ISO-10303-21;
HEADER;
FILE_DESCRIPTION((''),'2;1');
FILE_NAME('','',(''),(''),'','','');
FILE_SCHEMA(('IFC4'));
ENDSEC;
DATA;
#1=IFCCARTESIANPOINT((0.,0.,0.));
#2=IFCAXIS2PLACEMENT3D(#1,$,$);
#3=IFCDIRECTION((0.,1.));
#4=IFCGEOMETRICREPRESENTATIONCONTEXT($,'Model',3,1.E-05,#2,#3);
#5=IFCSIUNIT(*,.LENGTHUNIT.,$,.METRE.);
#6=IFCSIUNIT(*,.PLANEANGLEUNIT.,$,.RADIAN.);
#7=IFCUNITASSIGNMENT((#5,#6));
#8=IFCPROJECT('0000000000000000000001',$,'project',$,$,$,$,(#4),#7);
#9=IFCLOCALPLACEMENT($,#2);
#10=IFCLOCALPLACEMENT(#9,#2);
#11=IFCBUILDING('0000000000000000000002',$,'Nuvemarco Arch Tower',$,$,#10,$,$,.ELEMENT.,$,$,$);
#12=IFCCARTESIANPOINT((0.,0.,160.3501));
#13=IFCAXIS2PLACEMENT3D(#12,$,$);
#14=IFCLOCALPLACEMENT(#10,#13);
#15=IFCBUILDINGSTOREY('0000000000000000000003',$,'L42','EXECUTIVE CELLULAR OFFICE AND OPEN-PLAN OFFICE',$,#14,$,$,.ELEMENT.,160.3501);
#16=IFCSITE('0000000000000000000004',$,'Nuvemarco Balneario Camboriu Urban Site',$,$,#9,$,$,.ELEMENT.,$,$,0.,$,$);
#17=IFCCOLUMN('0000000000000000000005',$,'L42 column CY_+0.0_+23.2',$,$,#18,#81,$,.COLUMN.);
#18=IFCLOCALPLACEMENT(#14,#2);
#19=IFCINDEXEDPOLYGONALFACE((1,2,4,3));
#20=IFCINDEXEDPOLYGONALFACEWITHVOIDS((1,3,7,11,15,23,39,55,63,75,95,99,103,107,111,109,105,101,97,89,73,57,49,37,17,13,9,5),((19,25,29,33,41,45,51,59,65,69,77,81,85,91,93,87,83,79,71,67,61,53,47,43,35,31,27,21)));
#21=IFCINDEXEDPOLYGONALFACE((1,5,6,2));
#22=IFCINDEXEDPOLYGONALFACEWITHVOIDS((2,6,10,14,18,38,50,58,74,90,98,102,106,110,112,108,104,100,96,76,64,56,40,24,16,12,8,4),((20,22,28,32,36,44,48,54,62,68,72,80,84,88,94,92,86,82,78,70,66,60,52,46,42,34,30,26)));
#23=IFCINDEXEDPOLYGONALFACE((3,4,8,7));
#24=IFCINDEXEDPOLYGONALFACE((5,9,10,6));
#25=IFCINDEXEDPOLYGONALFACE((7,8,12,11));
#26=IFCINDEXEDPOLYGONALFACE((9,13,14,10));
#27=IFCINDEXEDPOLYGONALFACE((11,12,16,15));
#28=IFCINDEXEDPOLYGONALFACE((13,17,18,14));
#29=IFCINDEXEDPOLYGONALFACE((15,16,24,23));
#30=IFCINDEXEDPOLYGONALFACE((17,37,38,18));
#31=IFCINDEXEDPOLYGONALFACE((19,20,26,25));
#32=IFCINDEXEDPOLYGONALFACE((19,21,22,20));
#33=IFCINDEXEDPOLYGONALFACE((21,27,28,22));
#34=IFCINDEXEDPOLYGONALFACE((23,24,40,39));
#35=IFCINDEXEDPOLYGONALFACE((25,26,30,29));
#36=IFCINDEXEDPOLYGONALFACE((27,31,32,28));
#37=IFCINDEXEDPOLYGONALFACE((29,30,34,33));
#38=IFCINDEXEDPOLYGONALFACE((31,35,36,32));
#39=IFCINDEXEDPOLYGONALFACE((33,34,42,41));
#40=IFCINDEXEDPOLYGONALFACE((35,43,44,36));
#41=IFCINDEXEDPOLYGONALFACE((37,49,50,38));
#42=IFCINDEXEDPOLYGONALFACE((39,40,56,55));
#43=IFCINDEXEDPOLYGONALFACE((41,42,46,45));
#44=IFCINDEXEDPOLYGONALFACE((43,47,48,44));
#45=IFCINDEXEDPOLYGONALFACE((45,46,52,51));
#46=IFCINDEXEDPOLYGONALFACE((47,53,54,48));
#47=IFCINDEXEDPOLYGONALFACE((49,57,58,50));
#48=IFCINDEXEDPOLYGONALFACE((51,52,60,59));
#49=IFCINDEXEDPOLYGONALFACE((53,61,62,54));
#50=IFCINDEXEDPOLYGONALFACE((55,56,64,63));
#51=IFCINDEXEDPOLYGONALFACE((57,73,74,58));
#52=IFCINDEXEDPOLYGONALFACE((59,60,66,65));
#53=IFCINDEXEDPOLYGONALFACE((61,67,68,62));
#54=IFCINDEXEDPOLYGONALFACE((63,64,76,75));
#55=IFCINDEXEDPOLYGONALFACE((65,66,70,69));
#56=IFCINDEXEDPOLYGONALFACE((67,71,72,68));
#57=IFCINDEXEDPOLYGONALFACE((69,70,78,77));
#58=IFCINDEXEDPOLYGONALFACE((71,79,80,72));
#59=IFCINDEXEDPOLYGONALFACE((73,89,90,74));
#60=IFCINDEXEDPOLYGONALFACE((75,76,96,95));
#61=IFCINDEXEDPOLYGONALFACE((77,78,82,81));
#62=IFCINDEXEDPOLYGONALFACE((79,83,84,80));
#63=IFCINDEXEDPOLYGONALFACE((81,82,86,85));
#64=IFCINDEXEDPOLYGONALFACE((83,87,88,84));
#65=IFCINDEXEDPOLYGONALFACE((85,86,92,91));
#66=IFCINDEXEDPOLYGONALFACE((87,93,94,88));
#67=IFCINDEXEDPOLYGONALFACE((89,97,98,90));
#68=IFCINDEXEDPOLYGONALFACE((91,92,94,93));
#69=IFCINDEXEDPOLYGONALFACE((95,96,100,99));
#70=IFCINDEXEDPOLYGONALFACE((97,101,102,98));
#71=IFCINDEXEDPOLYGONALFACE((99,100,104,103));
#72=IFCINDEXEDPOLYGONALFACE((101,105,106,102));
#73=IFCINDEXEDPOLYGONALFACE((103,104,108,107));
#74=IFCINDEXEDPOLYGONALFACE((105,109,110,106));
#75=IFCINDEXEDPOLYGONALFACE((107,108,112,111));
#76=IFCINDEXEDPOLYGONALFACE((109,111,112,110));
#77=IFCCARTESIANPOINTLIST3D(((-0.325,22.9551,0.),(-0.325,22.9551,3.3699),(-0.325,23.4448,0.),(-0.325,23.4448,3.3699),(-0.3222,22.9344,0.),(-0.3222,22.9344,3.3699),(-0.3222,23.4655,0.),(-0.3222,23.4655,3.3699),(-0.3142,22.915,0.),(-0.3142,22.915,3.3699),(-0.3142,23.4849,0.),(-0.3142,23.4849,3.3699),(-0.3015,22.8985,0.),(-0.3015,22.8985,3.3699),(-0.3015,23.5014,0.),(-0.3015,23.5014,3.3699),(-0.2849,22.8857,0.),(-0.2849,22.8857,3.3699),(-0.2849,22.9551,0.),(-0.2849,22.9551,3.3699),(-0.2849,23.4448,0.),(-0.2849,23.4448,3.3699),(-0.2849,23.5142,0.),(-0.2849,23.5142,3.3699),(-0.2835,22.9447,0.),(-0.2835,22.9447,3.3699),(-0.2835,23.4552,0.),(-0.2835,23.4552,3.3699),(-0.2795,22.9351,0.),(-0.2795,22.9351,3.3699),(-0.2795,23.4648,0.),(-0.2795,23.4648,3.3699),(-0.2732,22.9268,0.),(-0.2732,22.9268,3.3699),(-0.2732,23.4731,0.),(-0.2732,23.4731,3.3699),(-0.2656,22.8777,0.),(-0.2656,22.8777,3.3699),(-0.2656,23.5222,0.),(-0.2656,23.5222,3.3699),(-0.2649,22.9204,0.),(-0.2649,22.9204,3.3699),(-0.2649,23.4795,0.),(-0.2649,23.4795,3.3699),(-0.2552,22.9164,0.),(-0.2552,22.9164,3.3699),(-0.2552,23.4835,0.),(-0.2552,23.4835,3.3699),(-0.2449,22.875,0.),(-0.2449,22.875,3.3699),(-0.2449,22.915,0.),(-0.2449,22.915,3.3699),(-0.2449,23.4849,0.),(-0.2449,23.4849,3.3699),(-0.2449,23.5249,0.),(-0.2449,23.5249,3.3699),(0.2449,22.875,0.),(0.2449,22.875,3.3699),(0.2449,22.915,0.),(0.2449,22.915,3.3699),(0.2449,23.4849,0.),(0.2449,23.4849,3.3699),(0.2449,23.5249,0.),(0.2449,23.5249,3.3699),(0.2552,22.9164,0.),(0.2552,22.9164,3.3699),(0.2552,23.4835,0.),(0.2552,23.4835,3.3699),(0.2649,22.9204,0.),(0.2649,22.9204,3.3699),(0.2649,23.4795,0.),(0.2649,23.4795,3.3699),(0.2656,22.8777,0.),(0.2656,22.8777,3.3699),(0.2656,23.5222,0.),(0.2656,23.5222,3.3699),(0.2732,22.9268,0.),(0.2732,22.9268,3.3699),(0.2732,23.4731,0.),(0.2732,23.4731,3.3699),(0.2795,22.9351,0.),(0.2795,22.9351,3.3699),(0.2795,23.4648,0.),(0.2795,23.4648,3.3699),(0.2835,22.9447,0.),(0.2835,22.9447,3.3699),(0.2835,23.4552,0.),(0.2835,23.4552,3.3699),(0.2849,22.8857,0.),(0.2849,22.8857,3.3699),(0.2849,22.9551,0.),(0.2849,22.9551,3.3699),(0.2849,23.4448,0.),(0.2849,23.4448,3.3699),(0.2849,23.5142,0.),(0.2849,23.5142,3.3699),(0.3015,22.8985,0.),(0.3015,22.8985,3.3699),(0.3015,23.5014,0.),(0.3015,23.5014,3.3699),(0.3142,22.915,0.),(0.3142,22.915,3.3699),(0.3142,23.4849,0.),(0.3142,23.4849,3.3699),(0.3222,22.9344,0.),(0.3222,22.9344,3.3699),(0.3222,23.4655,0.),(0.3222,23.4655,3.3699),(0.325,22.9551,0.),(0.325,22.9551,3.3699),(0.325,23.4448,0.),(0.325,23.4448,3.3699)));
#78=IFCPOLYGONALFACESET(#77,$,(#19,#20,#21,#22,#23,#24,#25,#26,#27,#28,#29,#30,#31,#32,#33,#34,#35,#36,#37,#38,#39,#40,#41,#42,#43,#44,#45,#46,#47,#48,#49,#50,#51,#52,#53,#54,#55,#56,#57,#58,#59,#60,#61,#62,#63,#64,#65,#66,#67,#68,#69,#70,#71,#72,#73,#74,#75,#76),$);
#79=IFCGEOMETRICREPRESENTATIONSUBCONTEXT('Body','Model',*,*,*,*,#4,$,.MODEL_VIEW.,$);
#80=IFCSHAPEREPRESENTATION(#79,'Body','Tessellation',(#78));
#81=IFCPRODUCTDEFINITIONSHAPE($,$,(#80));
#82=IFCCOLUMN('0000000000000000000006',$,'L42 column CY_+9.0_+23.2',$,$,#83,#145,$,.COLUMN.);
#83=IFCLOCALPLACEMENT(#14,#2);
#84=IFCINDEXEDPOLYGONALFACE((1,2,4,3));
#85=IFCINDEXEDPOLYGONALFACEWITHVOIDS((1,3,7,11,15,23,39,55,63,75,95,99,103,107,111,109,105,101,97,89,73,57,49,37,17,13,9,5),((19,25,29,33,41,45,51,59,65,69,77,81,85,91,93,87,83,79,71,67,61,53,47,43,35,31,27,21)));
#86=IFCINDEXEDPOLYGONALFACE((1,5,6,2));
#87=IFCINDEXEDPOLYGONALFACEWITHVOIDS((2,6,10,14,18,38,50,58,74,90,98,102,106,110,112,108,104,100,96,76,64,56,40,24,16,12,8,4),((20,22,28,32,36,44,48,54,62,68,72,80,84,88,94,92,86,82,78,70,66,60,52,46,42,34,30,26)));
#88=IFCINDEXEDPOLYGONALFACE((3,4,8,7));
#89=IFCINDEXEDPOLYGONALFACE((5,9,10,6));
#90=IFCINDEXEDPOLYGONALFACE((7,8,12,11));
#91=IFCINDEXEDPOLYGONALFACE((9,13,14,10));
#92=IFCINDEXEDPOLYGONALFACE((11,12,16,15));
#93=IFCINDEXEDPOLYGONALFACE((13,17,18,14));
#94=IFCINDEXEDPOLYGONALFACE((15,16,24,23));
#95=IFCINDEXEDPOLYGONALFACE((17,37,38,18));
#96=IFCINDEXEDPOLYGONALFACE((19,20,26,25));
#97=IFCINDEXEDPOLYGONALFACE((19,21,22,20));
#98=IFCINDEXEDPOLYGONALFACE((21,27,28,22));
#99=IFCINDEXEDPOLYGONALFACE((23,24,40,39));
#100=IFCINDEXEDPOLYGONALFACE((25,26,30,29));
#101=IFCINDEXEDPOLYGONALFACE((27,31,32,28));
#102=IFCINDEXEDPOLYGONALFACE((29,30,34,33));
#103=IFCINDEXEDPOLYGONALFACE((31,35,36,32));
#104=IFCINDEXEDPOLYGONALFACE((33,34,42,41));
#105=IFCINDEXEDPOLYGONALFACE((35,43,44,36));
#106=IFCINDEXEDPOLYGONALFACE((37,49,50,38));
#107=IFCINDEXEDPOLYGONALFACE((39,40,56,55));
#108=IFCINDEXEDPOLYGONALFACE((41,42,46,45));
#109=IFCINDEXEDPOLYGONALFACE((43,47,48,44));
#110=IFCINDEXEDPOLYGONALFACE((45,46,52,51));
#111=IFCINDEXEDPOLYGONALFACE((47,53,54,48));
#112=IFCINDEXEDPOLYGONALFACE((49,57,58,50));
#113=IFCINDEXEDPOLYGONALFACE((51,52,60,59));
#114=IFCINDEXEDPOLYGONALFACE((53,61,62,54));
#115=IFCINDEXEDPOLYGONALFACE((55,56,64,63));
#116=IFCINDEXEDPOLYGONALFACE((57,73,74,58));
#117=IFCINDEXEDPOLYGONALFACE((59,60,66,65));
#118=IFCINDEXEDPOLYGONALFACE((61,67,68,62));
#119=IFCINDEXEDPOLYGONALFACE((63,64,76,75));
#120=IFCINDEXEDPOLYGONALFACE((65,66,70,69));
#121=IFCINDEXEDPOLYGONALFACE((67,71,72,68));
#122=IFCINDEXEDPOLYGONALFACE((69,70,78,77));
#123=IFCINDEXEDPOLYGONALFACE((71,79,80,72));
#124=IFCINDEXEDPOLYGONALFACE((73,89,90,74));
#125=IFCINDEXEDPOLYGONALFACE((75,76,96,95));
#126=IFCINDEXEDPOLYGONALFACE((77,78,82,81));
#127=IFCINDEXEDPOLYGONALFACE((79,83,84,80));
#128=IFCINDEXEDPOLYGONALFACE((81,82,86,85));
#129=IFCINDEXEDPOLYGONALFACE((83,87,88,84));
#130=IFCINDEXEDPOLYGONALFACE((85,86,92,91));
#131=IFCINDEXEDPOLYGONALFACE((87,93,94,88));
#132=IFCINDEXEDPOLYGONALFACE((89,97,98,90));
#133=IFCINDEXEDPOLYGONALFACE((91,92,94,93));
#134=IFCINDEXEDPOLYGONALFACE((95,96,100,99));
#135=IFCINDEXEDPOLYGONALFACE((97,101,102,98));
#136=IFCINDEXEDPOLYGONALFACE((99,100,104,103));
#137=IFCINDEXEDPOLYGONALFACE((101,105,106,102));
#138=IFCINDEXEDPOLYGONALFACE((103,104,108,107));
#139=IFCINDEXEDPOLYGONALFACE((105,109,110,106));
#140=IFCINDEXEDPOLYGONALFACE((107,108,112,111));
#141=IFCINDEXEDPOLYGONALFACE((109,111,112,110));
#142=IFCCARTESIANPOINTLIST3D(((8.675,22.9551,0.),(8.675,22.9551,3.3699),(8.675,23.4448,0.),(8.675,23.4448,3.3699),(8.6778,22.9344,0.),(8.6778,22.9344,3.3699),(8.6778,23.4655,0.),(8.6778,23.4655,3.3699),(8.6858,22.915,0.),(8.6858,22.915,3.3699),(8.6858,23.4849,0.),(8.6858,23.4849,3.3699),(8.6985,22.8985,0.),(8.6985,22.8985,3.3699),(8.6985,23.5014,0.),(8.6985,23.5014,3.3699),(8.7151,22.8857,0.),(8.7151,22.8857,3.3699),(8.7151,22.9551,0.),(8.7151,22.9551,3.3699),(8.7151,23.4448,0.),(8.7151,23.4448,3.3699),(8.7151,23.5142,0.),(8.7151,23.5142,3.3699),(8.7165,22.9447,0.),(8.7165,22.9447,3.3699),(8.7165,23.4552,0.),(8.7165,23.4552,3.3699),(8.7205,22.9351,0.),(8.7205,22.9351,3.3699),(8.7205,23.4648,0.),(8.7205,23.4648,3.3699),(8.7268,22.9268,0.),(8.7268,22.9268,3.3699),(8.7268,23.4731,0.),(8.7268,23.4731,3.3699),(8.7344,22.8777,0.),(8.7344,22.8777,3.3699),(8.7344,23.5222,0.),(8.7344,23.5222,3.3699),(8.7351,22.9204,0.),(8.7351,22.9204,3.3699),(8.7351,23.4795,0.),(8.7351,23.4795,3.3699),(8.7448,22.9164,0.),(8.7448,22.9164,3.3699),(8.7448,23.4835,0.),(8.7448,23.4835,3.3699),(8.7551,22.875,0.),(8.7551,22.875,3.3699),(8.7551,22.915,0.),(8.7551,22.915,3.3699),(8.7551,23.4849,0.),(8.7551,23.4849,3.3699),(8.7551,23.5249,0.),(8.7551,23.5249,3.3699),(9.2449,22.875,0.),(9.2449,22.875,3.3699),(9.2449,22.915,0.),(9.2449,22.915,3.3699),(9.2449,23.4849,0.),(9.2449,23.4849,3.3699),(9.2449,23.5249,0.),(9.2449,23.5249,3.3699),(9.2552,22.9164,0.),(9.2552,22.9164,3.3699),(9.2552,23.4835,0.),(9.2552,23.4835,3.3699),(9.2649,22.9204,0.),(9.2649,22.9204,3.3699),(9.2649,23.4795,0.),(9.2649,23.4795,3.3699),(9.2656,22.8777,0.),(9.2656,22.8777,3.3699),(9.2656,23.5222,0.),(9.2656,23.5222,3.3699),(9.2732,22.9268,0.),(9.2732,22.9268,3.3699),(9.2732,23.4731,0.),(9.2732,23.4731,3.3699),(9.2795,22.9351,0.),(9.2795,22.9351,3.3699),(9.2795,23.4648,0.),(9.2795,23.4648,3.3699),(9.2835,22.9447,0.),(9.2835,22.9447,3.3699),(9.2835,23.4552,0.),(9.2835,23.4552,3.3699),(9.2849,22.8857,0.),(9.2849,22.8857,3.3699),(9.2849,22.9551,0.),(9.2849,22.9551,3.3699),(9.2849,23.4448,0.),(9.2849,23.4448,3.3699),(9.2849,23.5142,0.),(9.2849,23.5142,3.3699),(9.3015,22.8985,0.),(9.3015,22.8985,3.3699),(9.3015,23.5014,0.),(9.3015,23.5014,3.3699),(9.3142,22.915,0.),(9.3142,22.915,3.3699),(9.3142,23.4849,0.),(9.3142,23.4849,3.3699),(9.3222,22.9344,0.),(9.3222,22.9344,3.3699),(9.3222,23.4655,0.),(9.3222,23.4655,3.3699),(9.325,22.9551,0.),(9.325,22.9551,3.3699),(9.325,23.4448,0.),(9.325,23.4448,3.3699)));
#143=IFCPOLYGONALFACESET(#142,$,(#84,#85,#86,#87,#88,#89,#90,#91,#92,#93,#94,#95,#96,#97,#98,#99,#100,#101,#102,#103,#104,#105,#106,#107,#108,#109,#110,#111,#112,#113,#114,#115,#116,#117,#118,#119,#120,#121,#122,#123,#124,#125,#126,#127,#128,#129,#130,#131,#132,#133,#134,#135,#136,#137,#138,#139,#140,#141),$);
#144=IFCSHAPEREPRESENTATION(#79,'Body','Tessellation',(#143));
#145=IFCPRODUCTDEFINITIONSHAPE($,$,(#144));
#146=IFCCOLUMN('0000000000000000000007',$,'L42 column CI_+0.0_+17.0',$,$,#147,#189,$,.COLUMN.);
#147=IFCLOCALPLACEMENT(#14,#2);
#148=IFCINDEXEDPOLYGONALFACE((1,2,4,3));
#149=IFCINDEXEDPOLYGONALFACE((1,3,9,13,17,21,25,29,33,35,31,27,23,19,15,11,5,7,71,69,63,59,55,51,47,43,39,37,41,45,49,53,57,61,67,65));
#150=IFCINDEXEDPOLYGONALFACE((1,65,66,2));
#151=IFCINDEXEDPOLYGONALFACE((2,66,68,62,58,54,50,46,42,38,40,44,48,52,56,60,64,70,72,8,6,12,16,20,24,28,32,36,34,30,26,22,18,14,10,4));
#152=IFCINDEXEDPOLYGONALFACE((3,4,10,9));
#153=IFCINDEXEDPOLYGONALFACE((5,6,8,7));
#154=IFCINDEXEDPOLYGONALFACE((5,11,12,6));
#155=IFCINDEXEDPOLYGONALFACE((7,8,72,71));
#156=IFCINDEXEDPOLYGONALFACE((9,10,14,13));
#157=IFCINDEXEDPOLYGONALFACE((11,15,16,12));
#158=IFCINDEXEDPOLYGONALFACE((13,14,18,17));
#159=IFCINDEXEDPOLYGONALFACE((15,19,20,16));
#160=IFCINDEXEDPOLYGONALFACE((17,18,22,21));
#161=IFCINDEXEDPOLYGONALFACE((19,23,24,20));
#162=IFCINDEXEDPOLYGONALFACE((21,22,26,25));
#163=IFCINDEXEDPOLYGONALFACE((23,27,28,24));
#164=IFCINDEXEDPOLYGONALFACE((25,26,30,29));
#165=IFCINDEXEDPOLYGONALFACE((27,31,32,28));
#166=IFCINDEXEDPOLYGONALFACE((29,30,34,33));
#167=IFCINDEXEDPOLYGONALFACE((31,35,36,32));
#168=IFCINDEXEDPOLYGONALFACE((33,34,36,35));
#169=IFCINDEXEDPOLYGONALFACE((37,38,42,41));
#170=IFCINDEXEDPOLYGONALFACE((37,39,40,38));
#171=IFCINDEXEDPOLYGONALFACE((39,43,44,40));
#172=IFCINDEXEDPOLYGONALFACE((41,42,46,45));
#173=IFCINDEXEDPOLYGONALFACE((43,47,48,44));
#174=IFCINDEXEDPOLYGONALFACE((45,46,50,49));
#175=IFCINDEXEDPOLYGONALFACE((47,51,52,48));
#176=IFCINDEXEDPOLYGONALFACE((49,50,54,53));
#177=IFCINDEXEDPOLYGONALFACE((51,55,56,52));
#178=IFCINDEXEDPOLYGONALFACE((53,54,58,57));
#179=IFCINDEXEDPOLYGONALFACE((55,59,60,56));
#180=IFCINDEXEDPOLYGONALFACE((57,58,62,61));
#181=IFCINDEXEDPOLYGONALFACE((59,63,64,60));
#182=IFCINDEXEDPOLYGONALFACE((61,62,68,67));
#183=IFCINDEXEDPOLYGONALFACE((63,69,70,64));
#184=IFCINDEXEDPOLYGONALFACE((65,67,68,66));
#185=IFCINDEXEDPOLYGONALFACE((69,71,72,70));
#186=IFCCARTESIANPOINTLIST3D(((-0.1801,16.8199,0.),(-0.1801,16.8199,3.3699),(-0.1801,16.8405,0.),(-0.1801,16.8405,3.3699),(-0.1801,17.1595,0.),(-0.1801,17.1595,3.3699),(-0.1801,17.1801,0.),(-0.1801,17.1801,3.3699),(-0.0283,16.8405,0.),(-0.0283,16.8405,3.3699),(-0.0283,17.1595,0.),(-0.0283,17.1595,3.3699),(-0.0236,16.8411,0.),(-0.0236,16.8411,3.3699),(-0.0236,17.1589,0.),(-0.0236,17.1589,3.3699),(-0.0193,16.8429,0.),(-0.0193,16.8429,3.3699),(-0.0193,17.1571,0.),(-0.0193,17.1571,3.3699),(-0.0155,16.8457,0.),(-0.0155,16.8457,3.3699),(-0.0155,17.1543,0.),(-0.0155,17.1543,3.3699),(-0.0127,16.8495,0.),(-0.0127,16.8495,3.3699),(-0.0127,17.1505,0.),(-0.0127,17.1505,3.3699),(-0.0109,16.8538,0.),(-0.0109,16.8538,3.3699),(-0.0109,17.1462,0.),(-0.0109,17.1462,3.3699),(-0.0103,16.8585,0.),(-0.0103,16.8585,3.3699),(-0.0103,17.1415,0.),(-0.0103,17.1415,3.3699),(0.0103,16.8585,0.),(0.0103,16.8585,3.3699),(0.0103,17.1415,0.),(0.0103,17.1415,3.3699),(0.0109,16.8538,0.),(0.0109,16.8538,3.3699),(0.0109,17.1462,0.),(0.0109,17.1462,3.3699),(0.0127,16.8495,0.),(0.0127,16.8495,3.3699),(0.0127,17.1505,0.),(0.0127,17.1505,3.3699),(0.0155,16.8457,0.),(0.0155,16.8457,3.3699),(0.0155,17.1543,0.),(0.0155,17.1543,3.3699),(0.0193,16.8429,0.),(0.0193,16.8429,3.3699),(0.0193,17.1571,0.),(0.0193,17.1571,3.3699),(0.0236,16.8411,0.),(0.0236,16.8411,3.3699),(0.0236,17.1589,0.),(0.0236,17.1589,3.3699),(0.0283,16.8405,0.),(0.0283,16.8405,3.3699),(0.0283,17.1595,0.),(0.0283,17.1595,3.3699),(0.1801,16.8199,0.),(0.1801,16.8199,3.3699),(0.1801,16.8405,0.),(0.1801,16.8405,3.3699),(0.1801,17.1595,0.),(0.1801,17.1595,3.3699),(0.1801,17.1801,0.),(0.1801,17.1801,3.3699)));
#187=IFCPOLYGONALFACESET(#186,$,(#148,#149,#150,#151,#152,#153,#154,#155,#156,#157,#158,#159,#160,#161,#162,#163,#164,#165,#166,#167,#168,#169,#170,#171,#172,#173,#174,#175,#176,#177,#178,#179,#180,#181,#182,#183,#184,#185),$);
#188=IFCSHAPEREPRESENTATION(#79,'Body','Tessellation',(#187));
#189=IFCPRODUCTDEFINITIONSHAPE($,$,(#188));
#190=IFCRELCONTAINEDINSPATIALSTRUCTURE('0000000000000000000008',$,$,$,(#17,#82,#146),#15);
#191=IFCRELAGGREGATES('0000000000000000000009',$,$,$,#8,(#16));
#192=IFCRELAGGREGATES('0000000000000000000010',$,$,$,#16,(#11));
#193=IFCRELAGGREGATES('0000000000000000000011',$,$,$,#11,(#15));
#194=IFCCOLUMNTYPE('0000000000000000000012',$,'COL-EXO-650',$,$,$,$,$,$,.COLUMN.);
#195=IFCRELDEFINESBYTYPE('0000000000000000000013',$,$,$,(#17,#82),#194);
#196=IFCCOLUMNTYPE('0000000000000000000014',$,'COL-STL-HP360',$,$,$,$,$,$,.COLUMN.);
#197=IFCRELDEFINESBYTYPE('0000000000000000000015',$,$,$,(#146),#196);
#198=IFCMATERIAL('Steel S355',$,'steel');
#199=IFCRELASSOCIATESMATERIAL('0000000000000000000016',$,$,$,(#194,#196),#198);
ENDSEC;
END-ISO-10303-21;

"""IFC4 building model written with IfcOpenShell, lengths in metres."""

from ifc_helpers import new_model, si_unit, direction, frame, origin, origin_2d, place, context, subcontext, project, spatial, hollow_rectangle, i_section, extrude, material, material_profile, profile_set, type_object, element, save


model = new_model("IFC4")

# Units and contexts
model_context = context("Model", 3, precision=1e-05, world=origin(), true_north=direction((0.0, 1.0)))
body_context = subcontext(model_context, "Body", "Model", "MODEL_VIEW")
ifc_project = project(units=[si_unit("LENGTHUNIT", "METRE"), si_unit("PLANEANGLEUNIT", "RADIAN")], contexts=[model_context])

# Site, building, storey
site_placement = place(None, origin())
site = spatial("IfcSite", under=ifc_project, at=site_placement, Name="Nuvemarco Balneario Camboriu Urban Site", CompositionType="ELEMENT", RefElevation=0.0)
building_placement = place(site_placement, origin())
building = spatial("IfcBuilding", under=site, at=building_placement, Name="Nuvemarco Arch Tower", CompositionType="ELEMENT")
storey_placement = place(building_placement, frame((0.0, 0.0, 160.3501)))
storey = spatial("IfcBuildingStorey", under=building, at=storey_placement, Name="L42", Description="EXECUTIVE CELLULAR OFFICE AND OPEN-PLAN OFFICE", CompositionType="ELEMENT", Elevation=160.3501)

# Columns
ifc_material_1 = material(Name="Steel S355", Category="steel")
ifc_material_profile_1 = material_profile(ifc_material_1, hollow_rectangle(XDim=0.6499, YDim=0.6499, WallThickness=0.04, InnerFilletRadius=0.04, OuterFilletRadius=0.0801, at=origin_2d()), Name="SHS650x650x40")
ifc_profile_set_1 = profile_set([ifc_material_profile_1], Name="Steel S355")
column_type_1 = type_object("IfcColumnType", Name="COL-EXO-650", PredefinedType="COLUMN", material=ifc_profile_set_1)
for number, where, z_axis, x_axis, name in (
    (1, (0.0, 23.2, 0.0), (0.0, 0.0, 1.0), (1.0, 0.0, 0.0), "L42 column CY_+0.0_+23.2"),
    (2, (9.0, 23.2, 0.0), (0.0, 0.0, 1.0), (1.0, 0.0, 0.0), "L42 column CY_+9.0_+23.2"),
):
    element("IfcColumn", number, at=place(storey_placement, frame(where, z_axis=z_axis, x_axis=x_axis)), inside=storey, type_object=column_type_1, Name=name, PredefinedType="COLUMN", context=body_context, shape_type="SweptSolid", body=[
        extrude(hollow_rectangle(XDim=0.6499, YDim=0.6499, WallThickness=0.04, InnerFilletRadius=0.04, OuterFilletRadius=0.0801, at=origin_2d()), origin(), (0.0, 0.0, 1.0), 3.3699),
    ])
ifc_material_profile_2 = material_profile(ifc_material_1, i_section(OverallWidth=0.3601, OverallDepth=0.3601, WebThickness=0.0205, FlangeThickness=0.0205, FilletRadius=0.0181, at=origin_2d()), Name="HP360x174")
ifc_profile_set_2 = profile_set([ifc_material_profile_2], Name="Steel S355")
column_type_2 = type_object("IfcColumnType", Name="COL-STL-HP360", PredefinedType="COLUMN", material=ifc_profile_set_2)
for number, where, z_axis, x_axis, name in (
    (3, (0.0, 17.0, 0.0), (0.0, 0.0, 1.0), (1.0, 0.0, 0.0), "L42 column CI_+0.0_+17.0"),
):
    element("IfcColumn", number, at=place(storey_placement, frame(where, z_axis=z_axis, x_axis=x_axis)), inside=storey, type_object=column_type_2, Name=name, PredefinedType="COLUMN", context=body_context, shape_type="SweptSolid", body=[
        extrude(i_section(OverallWidth=0.3601, OverallDepth=0.3601, WebThickness=0.0205, FlangeThickness=0.0205, FilletRadius=0.0181, at=origin_2d()), origin(), (0.0, 0.0, 1.0), 3.3699),
    ])

save(model, "model.ifc")
